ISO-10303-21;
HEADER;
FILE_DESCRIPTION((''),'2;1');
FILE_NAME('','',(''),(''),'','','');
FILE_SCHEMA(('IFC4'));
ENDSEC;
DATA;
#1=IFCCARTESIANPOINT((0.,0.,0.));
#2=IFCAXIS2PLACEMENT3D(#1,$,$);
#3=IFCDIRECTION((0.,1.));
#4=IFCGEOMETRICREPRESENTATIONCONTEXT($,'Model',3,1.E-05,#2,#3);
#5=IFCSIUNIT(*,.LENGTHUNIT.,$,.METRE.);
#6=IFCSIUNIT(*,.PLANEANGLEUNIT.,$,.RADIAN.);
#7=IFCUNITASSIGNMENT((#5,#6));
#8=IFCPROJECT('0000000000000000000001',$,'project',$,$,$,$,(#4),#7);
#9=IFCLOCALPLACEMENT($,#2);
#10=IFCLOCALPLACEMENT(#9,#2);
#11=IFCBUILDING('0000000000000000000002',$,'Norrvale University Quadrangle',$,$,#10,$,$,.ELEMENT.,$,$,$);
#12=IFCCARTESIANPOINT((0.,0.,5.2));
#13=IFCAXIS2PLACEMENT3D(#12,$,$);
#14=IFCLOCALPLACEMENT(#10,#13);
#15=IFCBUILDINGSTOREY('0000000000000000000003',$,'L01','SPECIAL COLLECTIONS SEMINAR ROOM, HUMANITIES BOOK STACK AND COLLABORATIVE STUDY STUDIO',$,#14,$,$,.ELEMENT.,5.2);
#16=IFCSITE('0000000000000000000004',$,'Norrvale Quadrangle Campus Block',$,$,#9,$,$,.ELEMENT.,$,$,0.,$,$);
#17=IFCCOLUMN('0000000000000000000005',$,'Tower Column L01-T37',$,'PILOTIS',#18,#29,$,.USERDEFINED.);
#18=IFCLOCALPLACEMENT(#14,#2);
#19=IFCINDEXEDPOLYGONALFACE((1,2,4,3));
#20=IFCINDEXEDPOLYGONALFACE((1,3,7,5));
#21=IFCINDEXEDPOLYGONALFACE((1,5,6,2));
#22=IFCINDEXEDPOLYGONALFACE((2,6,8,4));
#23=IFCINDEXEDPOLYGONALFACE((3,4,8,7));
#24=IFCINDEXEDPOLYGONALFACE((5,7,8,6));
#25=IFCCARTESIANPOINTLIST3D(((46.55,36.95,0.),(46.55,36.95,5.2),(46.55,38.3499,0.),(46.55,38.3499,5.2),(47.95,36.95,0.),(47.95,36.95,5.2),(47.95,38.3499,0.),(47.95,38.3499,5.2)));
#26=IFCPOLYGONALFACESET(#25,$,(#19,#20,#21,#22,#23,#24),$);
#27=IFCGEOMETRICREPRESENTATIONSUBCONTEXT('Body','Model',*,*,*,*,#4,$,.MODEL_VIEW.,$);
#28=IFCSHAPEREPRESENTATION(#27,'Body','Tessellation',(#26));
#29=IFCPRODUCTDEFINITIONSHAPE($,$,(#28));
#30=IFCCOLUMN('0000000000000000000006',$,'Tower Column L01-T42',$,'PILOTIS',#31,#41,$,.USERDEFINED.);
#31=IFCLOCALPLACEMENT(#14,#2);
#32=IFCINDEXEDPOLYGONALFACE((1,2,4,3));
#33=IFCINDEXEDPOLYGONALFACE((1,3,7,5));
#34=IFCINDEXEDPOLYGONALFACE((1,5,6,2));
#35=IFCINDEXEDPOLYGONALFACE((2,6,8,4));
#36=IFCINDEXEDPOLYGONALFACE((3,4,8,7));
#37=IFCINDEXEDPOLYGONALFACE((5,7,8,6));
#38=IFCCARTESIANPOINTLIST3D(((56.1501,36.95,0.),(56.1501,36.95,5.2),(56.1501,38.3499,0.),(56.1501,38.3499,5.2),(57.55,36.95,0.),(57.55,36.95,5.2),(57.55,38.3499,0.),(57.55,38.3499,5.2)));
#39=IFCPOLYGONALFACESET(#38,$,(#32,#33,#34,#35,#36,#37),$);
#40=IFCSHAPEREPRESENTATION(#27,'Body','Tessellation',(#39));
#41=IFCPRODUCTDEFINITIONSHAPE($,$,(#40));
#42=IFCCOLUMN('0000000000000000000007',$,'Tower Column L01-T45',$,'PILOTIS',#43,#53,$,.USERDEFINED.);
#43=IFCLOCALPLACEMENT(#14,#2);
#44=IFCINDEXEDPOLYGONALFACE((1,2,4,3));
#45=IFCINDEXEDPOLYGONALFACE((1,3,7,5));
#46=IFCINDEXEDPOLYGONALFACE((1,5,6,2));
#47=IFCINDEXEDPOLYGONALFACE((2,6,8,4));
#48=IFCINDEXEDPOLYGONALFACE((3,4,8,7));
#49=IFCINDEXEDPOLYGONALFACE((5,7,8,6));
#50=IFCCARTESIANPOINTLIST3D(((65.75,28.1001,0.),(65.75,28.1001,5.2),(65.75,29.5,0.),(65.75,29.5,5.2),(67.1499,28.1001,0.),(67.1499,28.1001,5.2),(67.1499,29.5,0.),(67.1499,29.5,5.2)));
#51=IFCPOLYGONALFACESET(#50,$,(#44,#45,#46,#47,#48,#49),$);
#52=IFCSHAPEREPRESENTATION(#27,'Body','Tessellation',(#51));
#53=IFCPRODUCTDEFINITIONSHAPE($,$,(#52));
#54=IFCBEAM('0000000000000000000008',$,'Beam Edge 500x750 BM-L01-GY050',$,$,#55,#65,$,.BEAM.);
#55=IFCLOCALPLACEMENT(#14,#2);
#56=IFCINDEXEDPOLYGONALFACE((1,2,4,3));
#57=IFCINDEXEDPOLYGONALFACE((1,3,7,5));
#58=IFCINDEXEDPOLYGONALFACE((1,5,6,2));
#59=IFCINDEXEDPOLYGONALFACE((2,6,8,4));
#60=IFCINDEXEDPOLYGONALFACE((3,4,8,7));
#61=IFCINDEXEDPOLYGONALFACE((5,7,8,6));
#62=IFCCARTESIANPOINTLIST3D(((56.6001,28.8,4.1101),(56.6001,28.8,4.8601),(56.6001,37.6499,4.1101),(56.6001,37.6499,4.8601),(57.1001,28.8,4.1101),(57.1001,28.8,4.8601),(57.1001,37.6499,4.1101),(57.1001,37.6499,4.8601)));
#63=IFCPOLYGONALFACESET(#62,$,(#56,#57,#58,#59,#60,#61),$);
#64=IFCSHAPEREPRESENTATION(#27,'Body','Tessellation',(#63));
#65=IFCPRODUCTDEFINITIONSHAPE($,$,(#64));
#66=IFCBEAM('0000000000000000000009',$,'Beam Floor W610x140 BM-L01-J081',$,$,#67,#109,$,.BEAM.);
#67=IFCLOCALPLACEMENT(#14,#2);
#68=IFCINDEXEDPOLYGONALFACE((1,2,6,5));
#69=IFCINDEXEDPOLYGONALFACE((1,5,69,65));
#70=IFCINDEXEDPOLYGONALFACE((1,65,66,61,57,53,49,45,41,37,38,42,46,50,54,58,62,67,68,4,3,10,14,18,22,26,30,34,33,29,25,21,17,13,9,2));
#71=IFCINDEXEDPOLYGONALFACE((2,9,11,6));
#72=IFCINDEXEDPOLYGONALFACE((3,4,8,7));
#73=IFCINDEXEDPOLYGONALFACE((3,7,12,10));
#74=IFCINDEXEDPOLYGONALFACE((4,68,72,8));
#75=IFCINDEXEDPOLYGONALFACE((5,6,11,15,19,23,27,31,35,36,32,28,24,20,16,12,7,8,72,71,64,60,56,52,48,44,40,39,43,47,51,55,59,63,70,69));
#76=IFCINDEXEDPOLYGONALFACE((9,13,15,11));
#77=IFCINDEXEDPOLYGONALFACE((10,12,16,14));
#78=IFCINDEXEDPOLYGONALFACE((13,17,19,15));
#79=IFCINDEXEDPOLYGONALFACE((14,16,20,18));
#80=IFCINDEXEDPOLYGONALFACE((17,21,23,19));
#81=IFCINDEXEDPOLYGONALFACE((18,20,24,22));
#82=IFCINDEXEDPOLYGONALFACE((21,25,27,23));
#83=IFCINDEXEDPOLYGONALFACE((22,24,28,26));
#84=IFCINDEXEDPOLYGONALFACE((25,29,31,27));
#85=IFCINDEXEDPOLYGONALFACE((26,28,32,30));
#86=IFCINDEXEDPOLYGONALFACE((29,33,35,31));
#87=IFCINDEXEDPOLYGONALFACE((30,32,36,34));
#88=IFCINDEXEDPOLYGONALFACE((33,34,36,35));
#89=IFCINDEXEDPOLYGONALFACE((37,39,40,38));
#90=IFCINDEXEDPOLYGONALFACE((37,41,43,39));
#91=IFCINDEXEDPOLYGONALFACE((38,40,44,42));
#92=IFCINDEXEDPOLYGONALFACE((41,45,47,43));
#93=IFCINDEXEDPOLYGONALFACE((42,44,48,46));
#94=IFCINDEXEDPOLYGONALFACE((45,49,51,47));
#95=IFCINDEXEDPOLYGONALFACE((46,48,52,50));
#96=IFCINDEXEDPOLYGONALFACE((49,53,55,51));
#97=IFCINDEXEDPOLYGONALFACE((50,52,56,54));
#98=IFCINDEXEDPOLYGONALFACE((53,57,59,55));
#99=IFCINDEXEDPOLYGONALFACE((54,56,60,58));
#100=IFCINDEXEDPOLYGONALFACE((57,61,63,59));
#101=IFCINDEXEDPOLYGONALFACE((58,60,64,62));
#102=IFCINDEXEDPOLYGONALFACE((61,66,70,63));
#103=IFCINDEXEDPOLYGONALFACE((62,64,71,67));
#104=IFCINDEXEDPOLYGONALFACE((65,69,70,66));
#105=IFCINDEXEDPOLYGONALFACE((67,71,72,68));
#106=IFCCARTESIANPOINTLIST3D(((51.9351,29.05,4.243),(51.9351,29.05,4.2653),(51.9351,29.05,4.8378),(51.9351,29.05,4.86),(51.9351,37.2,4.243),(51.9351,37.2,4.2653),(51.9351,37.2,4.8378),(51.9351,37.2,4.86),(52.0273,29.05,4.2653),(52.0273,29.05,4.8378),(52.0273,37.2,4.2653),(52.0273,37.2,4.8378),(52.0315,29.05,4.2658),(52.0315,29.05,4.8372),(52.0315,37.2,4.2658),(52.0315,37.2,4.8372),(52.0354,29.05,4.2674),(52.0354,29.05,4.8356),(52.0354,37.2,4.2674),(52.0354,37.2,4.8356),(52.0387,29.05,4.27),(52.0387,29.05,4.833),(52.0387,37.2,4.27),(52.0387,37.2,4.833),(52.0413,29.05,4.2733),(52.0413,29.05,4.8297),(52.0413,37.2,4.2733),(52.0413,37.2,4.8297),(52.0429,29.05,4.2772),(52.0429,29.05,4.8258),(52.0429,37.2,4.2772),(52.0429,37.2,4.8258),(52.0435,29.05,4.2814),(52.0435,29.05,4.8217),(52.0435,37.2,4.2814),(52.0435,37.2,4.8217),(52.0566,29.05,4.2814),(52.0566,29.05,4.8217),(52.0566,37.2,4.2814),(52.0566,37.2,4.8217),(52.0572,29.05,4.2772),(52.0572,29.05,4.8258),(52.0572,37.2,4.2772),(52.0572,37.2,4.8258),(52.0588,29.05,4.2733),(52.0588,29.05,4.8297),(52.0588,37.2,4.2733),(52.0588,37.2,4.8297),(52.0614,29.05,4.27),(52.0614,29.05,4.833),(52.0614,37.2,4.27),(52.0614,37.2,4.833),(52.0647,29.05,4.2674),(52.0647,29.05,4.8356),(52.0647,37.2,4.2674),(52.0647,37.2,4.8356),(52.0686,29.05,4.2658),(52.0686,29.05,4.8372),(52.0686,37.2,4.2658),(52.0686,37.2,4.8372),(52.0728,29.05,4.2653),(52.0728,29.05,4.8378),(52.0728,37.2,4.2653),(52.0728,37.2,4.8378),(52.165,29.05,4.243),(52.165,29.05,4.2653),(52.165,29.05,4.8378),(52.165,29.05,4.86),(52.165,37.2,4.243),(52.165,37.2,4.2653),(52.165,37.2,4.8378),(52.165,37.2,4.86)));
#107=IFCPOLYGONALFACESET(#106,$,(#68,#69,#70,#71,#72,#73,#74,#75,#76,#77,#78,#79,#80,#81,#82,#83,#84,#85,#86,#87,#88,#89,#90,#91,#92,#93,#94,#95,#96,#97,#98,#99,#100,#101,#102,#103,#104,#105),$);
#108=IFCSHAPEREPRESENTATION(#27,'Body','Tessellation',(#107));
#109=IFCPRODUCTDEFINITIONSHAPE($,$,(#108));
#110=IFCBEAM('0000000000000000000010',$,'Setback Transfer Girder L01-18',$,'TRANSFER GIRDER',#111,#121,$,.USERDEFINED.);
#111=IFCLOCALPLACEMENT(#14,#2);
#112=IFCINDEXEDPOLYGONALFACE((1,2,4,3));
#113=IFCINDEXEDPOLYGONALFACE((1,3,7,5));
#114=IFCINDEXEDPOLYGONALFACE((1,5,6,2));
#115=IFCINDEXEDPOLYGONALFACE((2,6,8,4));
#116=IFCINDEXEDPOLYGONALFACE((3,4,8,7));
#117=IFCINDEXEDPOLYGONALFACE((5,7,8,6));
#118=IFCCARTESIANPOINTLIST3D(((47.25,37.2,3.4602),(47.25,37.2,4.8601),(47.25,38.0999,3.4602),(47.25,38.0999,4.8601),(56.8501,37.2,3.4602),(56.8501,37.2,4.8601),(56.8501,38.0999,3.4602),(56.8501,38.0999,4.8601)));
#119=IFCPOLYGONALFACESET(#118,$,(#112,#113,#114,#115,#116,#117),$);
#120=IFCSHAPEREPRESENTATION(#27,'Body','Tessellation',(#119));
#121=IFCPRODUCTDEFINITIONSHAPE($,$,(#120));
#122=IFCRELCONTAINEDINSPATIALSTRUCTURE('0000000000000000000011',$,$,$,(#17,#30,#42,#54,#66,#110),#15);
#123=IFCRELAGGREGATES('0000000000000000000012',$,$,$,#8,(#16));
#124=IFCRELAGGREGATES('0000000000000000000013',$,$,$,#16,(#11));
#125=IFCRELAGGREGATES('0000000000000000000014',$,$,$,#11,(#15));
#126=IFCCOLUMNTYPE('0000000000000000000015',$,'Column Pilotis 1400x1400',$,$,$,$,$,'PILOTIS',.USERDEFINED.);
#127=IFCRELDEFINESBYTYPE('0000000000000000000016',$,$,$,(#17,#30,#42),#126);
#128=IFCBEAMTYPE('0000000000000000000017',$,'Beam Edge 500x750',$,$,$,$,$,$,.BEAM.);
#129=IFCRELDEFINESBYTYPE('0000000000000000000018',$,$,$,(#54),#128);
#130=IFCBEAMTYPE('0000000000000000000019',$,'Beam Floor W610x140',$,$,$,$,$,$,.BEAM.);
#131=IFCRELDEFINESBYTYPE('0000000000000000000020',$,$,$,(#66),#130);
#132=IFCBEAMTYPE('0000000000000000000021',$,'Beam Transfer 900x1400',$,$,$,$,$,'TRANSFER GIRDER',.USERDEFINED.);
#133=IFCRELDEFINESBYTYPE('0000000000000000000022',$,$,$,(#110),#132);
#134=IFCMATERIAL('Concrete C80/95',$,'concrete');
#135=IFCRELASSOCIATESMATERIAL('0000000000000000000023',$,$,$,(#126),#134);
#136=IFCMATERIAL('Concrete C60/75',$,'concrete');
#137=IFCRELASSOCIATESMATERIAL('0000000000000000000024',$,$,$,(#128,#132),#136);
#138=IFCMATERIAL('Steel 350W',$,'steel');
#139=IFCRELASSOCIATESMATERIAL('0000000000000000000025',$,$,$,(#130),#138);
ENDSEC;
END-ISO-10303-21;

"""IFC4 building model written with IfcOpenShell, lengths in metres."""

from ifc_helpers import new_model, si_unit, direction, frame, origin, origin_2d, place, context, subcontext, project, spatial, rectangle, i_section, extrude, material, material_profile, profile_set, type_object, element, save


model = new_model("IFC4")

# Units and contexts
model_context = context("Model", 3, precision=1e-05, world=origin(), true_north=direction((0.0, 1.0)))
body_context = subcontext(model_context, "Body", "Model", "MODEL_VIEW")
ifc_project = project(units=[si_unit("LENGTHUNIT", "METRE"), si_unit("PLANEANGLEUNIT", "RADIAN")], contexts=[model_context])

# Site, building, storey
site_placement = place(None, origin())
site = spatial("IfcSite", under=ifc_project, at=site_placement, Name="Norrvale Quadrangle Campus Block", CompositionType="ELEMENT", RefElevation=0.0)
building_placement = place(site_placement, origin())
building = spatial("IfcBuilding", under=site, at=building_placement, Name="Norrvale University Quadrangle", CompositionType="ELEMENT")
storey_placement = place(building_placement, frame((0.0, 0.0, 5.2)))
storey = spatial("IfcBuildingStorey", under=building, at=storey_placement, Name="L01", Description="SPECIAL COLLECTIONS SEMINAR ROOM, HUMANITIES BOOK STACK AND COLLABORATIVE STUDY STUDIO", CompositionType="ELEMENT", Elevation=5.2)

# Columns
ifc_material_1 = material(Name="Concrete C80/95", Category="concrete")
ifc_material_profile_1 = material_profile(ifc_material_1, rectangle(XDim=1.3999, YDim=1.3999, at=origin_2d()), Name="Concrete C80/95")
ifc_profile_set_1 = profile_set([ifc_material_profile_1], Name="Concrete C80/95")
column_type = type_object("IfcColumnType", Name="Column Pilotis 1400x1400", ElementType="PILOTIS", PredefinedType="USERDEFINED", material=ifc_profile_set_1)
for number, where, z_axis, x_axis, name in (
    (1, (47.25, 37.6499, 0.0), (0.0, 0.0, 1.0), (1.0, 0.0, 0.0), "Tower Column L01-T37"),
    (2, (56.8501, 37.6499, 0.0), (0.0, 0.0, 1.0), (1.0, 0.0, 0.0), "Tower Column L01-T42"),
    (3, (66.45, 28.8, 0.0), (0.0, 0.0, 1.0), (1.0, 0.0, 0.0), "Tower Column L01-T45"),
):
    element("IfcColumn", number, at=place(storey_placement, frame(where, z_axis=z_axis, x_axis=x_axis)), inside=storey, type_object=column_type, Name=name, ObjectType="PILOTIS", PredefinedType="USERDEFINED", context=body_context, shape_type="SweptSolid", body=[
        extrude(rectangle(XDim=1.3999, YDim=1.3999, at=origin_2d()), origin(), (0.0, 0.0, 1.0), 5.2),
    ])

# Beams
ifc_material_2 = material(Name="Concrete C60/75", Category="concrete")
ifc_material_profile_2 = material_profile(ifc_material_2, rectangle(XDim=0.5, YDim=0.75, at=origin_2d()), Name="Concrete C60/75")
ifc_profile_set_2 = profile_set([ifc_material_profile_2], Name="Concrete C60/75")
beam_type_1 = type_object("IfcBeamType", Name="Beam Edge 500x750", PredefinedType="BEAM", material=ifc_profile_set_2)
beam_1_placement = place(storey_placement, frame((56.8501, 28.8, 4.4851), z_axis=(0.0, 1.0, 0.0), x_axis=(-1.0, 0.0, 0.0)))
element("IfcBeam", 4, at=beam_1_placement, inside=storey, type_object=beam_type_1, Name="Beam Edge 500x750 BM-L01-GY050", PredefinedType="BEAM", context=body_context, shape_type="SweptSolid", body=[
    extrude(rectangle(XDim=0.5, YDim=0.75, at=origin_2d()), origin(), (0.0, 0.0, 1.0), 8.8499),
])
ifc_material_3 = material(Name="Steel 350W", Category="steel")
ifc_material_profile_3 = material_profile(ifc_material_3, i_section(OverallWidth=0.23, OverallDepth=0.6169, WebThickness=0.0132, FlangeThickness=0.0222, FilletRadius=0.0161, at=origin_2d()), Name="Steel 350W")
ifc_profile_set_3 = profile_set([ifc_material_profile_3], Name="Steel 350W")
beam_type_2 = type_object("IfcBeamType", Name="Beam Floor W610x140", PredefinedType="BEAM", material=ifc_profile_set_3)
beam_2_placement = place(storey_placement, frame((52.05, 29.05, 4.5515), z_axis=(0.0, 1.0, 0.0), x_axis=(-1.0, 0.0, 0.0)))
element("IfcBeam", 5, at=beam_2_placement, inside=storey, type_object=beam_type_2, Name="Beam Floor W610x140 BM-L01-J081", PredefinedType="BEAM", context=body_context, shape_type="SweptSolid", body=[
    extrude(i_section(OverallWidth=0.23, OverallDepth=0.6169, WebThickness=0.0132, FlangeThickness=0.0222, FilletRadius=0.0161, at=origin_2d()), origin(), (0.0, 0.0, 1.0), 8.1499),
])
ifc_material_profile_4 = material_profile(ifc_material_2, rectangle(XDim=0.8999, YDim=1.3999, at=origin_2d()), Name="Concrete C60/75")
ifc_profile_set_4 = profile_set([ifc_material_profile_4], Name="Concrete C60/75")
beam_type_3 = type_object("IfcBeamType", Name="Beam Transfer 900x1400", ElementType="TRANSFER GIRDER", PredefinedType="USERDEFINED", material=ifc_profile_set_4)
beam_3_placement = place(storey_placement, frame((47.25, 37.6499, 4.1602), z_axis=(1.0, 0.0, 0.0), x_axis=(0.0, 1.0, 0.0)))
element("IfcBeam", 6, at=beam_3_placement, inside=storey, type_object=beam_type_3, Name="Setback Transfer Girder L01-18", ObjectType="TRANSFER GIRDER", PredefinedType="USERDEFINED", context=body_context, shape_type="SweptSolid", body=[
    extrude(rectangle(XDim=0.8999, YDim=1.3999, at=origin_2d()), origin(), (0.0, 0.0, 1.0), 9.6001),
])

save(model, "model.ifc")
